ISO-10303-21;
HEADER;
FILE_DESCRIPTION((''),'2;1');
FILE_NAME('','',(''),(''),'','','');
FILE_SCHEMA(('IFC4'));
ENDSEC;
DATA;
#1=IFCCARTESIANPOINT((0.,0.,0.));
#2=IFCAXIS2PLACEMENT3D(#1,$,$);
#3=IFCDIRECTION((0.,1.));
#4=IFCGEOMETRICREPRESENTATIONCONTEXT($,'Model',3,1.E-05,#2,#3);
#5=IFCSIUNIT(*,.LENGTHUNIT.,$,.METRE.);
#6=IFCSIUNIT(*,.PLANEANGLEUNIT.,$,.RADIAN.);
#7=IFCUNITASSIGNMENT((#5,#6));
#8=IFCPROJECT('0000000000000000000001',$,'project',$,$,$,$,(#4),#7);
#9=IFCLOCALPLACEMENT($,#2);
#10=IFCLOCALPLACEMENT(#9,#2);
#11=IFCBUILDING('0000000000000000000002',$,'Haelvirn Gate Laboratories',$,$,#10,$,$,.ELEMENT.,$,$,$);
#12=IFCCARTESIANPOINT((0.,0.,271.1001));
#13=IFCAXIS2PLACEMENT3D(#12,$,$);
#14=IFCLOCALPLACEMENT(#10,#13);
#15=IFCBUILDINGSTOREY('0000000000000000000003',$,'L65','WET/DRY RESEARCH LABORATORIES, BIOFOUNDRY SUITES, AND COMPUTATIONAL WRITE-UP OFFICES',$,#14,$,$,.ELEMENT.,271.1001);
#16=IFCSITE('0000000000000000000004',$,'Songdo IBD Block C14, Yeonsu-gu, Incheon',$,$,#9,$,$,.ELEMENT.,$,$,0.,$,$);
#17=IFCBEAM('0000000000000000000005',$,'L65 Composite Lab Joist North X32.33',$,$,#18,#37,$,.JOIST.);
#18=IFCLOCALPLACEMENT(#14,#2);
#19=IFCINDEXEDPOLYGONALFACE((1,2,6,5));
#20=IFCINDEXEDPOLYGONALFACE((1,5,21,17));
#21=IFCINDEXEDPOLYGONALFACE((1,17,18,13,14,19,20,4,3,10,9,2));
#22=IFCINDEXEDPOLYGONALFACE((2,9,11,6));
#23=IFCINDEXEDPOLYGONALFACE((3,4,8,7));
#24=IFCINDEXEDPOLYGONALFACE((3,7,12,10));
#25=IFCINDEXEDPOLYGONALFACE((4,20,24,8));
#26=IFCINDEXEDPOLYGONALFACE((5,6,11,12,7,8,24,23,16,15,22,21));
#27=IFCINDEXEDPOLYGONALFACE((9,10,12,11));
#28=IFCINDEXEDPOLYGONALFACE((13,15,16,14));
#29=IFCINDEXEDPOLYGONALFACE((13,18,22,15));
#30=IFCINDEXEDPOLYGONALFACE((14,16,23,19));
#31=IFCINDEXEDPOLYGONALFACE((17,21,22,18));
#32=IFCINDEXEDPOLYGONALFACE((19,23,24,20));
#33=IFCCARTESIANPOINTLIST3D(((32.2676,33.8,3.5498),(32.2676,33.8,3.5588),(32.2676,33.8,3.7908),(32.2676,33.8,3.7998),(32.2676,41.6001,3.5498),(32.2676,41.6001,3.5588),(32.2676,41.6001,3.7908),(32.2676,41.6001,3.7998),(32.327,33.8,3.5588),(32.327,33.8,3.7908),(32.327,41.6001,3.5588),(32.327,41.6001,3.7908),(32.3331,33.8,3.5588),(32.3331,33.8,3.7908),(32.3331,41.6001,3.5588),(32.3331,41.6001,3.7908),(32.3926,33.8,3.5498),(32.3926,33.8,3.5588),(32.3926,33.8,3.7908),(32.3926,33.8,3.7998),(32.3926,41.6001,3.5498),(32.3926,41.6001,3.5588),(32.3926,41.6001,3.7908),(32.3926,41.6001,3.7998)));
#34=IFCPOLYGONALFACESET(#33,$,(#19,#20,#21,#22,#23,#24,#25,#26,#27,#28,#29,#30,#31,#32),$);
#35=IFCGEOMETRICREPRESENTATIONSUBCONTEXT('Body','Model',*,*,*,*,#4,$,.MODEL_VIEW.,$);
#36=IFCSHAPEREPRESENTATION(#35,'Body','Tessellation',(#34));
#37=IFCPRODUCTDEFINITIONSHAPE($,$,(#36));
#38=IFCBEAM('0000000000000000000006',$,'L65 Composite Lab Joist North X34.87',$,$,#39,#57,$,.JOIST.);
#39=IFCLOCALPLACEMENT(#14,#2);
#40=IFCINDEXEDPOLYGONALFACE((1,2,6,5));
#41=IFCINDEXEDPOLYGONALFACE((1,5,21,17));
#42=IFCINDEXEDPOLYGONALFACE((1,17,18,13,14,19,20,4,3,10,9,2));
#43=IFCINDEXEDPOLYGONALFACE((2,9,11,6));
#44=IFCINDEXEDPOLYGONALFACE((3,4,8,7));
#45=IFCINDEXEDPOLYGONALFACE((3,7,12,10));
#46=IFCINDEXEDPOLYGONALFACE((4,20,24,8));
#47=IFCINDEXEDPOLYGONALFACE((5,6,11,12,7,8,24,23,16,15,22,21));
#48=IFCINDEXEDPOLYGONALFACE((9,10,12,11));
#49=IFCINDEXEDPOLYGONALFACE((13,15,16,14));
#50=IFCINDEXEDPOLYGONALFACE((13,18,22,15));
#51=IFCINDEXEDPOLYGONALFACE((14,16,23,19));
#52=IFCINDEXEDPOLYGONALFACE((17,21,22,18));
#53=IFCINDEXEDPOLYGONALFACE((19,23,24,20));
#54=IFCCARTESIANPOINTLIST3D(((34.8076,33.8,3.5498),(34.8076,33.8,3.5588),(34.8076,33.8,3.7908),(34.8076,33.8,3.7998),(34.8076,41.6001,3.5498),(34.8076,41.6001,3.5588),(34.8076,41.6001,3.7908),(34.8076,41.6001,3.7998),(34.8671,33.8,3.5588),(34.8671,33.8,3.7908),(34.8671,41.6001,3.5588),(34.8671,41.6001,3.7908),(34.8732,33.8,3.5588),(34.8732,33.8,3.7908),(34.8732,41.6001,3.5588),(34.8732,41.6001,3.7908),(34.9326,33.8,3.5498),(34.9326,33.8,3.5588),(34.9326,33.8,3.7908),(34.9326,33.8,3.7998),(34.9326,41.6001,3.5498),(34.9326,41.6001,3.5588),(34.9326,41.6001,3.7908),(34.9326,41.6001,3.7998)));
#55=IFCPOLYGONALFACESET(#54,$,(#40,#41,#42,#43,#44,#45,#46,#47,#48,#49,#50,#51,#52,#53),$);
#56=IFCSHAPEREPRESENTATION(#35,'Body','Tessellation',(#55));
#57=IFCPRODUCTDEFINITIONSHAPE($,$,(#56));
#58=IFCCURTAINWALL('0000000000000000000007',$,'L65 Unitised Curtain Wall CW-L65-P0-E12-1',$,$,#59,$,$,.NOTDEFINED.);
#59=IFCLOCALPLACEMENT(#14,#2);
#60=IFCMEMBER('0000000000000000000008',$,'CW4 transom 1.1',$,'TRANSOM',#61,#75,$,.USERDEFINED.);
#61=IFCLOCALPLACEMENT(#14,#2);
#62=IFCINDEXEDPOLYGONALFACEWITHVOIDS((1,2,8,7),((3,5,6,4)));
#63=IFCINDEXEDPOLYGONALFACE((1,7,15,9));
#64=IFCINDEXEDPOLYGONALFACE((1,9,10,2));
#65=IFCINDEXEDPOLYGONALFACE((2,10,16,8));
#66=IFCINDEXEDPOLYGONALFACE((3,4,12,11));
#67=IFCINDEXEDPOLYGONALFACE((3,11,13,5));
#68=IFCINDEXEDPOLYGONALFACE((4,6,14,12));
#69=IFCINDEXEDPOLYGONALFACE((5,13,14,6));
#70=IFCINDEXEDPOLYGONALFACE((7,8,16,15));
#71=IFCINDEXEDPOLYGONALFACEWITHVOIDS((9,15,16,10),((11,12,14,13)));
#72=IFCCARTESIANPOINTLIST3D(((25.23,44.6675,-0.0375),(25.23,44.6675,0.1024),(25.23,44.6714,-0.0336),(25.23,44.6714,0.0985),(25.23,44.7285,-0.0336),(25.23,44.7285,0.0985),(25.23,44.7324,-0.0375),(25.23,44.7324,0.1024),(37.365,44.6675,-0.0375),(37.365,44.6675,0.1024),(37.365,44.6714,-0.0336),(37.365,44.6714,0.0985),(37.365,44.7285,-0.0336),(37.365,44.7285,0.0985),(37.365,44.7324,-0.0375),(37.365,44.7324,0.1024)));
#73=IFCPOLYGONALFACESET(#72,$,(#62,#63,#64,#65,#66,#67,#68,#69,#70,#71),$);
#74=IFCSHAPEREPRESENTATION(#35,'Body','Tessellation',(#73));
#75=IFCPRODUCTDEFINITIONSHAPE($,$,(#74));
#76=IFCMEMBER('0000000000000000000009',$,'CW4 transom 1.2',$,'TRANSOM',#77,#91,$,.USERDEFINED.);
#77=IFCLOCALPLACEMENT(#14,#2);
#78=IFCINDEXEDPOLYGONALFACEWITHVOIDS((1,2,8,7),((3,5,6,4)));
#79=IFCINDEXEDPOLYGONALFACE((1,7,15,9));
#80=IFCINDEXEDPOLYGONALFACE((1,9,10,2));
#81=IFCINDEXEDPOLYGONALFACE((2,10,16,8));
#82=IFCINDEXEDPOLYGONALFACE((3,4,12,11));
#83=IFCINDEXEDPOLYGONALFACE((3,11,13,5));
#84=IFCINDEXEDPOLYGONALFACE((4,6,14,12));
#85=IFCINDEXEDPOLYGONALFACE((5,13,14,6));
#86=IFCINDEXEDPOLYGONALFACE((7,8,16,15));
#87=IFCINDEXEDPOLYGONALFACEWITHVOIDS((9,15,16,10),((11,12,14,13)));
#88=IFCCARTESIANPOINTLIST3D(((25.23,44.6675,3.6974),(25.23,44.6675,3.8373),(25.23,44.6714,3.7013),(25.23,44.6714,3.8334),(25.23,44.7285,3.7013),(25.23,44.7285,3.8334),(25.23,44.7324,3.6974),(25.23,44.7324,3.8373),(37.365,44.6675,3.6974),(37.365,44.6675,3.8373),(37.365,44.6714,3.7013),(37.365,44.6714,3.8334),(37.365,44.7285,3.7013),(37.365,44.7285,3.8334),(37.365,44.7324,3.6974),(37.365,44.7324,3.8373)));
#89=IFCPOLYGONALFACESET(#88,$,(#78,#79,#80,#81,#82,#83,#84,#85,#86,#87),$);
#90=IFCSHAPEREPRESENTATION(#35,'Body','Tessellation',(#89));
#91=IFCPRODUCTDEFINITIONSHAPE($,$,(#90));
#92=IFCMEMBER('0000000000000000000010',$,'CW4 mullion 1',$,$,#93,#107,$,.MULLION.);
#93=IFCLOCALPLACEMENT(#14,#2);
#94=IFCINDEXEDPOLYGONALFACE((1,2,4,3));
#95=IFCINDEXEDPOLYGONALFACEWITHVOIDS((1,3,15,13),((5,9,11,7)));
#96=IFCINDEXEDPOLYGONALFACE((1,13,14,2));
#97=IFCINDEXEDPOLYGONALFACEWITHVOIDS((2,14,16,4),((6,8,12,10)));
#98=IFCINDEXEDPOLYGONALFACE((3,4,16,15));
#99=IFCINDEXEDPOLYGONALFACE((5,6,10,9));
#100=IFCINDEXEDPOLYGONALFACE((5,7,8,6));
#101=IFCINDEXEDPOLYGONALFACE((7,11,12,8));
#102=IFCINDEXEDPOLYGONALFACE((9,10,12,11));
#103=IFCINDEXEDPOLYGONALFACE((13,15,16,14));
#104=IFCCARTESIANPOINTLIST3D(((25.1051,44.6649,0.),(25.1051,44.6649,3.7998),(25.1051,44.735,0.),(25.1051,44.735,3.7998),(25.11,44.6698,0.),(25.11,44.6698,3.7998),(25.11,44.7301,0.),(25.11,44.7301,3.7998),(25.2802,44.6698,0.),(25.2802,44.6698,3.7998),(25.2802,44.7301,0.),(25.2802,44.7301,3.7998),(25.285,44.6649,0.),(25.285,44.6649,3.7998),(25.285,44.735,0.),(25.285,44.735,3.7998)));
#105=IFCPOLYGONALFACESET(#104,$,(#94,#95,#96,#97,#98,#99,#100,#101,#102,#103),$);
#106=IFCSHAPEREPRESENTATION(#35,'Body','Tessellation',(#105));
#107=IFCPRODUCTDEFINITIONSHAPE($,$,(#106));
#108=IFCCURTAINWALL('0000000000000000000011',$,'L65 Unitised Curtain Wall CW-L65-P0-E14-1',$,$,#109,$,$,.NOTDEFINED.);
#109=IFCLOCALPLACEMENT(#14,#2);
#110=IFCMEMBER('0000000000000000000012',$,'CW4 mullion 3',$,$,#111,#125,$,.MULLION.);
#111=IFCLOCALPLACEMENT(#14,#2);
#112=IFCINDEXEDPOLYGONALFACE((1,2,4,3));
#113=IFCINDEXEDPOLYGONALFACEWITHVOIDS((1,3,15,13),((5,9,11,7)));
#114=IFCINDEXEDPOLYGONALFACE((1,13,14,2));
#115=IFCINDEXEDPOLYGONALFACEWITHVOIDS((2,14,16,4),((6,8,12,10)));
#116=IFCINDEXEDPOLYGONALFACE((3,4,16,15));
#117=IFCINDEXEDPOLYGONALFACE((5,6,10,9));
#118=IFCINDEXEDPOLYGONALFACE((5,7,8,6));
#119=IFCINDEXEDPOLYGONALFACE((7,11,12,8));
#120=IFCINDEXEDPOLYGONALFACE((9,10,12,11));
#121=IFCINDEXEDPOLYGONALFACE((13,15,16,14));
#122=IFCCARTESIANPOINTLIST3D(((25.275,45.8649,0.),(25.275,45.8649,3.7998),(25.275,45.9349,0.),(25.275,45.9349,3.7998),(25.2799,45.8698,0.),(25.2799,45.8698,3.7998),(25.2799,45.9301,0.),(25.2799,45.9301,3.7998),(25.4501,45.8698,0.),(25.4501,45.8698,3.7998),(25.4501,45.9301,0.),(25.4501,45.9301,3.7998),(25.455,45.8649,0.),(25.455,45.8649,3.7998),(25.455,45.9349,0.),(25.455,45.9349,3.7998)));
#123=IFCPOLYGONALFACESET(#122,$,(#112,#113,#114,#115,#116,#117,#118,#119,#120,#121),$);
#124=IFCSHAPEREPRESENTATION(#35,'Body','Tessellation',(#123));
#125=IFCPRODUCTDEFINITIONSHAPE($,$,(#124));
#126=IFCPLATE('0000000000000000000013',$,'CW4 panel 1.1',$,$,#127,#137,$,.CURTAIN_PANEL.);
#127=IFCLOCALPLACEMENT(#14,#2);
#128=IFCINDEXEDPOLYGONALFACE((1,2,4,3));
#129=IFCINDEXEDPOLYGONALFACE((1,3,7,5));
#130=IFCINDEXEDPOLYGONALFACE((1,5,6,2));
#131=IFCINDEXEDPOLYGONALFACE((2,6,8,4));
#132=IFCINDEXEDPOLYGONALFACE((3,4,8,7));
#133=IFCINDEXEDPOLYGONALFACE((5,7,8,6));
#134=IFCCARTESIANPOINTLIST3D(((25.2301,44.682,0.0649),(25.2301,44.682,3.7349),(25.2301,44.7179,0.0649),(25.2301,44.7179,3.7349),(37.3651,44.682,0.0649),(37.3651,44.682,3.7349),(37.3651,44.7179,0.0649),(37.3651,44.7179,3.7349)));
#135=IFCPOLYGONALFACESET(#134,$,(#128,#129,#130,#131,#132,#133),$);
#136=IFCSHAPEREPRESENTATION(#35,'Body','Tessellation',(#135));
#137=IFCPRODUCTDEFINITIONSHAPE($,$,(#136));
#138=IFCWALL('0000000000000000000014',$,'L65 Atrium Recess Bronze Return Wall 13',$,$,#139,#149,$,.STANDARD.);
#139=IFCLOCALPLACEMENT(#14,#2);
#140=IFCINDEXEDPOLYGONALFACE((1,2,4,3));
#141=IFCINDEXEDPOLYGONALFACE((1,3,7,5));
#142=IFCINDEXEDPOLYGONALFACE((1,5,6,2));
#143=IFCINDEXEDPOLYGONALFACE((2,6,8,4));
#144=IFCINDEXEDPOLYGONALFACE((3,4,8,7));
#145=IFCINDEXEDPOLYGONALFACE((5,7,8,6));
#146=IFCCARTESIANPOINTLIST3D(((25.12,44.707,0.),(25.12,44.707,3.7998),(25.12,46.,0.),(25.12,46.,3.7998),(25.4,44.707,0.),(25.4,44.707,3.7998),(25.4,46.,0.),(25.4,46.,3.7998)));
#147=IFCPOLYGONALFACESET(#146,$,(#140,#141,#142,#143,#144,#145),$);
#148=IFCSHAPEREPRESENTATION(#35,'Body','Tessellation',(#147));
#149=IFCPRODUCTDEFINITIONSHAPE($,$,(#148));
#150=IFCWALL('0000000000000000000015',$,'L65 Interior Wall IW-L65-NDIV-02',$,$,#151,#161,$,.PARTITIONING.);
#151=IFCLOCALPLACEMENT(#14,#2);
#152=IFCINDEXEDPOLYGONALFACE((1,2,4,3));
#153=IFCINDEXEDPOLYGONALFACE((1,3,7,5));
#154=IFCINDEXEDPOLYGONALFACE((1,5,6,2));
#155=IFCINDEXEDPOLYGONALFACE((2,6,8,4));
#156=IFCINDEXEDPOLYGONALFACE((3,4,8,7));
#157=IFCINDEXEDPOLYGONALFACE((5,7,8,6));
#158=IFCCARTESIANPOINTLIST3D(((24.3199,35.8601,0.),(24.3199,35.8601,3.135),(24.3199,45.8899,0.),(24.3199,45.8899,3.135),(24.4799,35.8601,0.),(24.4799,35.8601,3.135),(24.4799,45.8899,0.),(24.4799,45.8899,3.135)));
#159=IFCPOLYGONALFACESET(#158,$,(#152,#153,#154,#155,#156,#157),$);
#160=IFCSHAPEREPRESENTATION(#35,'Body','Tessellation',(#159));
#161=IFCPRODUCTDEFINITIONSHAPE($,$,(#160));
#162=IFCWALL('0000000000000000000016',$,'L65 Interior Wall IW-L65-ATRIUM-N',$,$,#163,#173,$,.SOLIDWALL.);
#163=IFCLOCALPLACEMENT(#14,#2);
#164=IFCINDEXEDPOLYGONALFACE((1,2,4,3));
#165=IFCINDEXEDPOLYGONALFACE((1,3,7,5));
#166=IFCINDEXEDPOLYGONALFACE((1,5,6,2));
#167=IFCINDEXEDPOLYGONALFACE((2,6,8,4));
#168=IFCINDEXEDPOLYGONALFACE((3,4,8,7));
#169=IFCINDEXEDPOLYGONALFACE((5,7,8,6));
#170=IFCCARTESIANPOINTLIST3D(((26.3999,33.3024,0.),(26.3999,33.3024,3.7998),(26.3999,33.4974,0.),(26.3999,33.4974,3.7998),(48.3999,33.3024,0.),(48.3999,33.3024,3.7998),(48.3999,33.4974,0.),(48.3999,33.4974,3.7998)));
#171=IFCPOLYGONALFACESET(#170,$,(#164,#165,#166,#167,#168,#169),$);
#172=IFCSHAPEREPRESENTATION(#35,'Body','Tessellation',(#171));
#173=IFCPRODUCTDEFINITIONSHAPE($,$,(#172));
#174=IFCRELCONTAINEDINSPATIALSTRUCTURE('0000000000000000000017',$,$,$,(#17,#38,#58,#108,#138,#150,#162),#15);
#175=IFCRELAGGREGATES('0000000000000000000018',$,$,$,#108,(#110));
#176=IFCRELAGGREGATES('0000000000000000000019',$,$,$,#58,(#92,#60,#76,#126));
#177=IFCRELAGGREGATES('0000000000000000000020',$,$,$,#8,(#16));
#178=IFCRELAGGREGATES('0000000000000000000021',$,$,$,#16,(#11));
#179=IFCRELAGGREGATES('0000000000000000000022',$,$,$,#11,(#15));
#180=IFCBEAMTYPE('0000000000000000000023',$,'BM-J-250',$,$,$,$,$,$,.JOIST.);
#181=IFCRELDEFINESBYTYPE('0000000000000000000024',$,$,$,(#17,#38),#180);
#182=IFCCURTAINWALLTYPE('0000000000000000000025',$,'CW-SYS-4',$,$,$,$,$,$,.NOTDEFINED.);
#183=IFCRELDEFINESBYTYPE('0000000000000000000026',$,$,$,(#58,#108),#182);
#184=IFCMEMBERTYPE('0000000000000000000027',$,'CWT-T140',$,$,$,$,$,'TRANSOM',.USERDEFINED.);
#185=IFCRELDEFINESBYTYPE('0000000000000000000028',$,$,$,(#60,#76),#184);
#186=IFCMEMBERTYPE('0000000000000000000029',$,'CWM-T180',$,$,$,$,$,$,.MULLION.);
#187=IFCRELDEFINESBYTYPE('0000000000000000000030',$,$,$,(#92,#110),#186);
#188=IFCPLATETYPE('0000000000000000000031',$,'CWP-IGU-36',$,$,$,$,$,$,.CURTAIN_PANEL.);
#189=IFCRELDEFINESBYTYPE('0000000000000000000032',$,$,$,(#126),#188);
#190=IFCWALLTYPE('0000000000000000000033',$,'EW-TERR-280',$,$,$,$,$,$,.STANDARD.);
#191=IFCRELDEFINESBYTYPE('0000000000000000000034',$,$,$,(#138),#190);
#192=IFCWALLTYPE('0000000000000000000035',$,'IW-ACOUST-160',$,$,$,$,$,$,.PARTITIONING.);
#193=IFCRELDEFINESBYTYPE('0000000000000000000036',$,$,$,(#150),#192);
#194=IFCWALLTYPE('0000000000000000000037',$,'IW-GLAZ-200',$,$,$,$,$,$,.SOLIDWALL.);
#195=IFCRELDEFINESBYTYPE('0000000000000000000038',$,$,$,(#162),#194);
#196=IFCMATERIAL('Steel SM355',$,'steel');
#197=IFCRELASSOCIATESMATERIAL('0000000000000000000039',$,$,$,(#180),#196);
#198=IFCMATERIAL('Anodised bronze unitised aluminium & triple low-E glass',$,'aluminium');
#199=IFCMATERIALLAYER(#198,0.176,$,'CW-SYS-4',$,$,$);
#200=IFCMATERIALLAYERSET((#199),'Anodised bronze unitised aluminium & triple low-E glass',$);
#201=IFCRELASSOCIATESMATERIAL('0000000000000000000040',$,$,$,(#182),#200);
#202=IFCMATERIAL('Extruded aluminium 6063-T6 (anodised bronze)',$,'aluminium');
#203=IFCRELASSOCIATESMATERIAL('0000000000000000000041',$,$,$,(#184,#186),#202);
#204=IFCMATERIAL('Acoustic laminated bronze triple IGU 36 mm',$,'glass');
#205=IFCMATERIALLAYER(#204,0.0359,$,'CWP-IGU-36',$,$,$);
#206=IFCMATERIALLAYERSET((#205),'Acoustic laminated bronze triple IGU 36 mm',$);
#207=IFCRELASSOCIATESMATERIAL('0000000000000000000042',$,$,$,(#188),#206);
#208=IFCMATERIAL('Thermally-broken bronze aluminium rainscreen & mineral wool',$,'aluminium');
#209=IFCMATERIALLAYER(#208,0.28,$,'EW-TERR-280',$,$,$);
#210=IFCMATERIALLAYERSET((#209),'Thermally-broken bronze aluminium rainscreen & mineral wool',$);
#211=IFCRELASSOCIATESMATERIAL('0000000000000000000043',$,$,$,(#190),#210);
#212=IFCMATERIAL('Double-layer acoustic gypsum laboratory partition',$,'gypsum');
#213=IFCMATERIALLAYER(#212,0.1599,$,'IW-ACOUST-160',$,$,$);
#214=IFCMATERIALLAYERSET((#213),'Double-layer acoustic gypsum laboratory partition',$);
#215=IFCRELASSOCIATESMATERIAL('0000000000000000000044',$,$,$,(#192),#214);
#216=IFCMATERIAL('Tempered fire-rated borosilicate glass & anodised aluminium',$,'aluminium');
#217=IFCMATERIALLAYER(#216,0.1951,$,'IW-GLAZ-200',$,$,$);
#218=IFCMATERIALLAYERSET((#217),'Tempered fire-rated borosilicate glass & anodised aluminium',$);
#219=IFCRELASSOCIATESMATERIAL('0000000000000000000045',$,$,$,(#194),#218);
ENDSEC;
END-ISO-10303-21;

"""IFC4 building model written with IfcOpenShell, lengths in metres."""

from ifc_helpers import new_model, si_unit, direction, frame, frame_2d, origin, origin_2d, place, context, subcontext, project, spatial, rectangle, hollow_rectangle, i_section, extrude, source, transform, mapped, material, layer, layer_set, material_profile, profile_set, type_object, type_shapes, element, aggregate, save


model = new_model("IFC4")

# Units and contexts
model_context = context("Model", 3, precision=1e-05, world=origin(), true_north=direction((0.0, 1.0)))
body_context = subcontext(model_context, "Body", "Model", "MODEL_VIEW")
ifc_project = project(units=[si_unit("LENGTHUNIT", "METRE"), si_unit("PLANEANGLEUNIT", "RADIAN")], contexts=[model_context])

# Site, building, storey
site_placement = place(None, origin())
site = spatial("IfcSite", under=ifc_project, at=site_placement, Name="Songdo IBD Block C14, Yeonsu-gu, Incheon", CompositionType="ELEMENT", RefElevation=0.0)
building_placement = place(site_placement, origin())
building = spatial("IfcBuilding", under=site, at=building_placement, Name="Haelvirn Gate Laboratories", CompositionType="ELEMENT")
storey_placement = place(building_placement, frame((0.0, 0.0, 271.1001)))
storey = spatial("IfcBuildingStorey", under=building, at=storey_placement, Name="L65", Description="WET/DRY RESEARCH LABORATORIES, BIOFOUNDRY SUITES, AND COMPUTATIONAL WRITE-UP OFFICES", CompositionType="ELEMENT", Elevation=271.1001)

# Shared definitions
ifc_material_1 = material(Name="Steel SM355", Category="steel")

# Beams
ifc_material_profile_1 = material_profile(ifc_material_1, i_section(OverallWidth=0.125, OverallDepth=0.25, WebThickness=0.0061, FlangeThickness=0.009, at=origin_2d()), Name="H-250x125x6x9")
ifc_profile_set_1 = profile_set([ifc_material_profile_1], Name="Steel SM355")
beam_type_1 = type_object("IfcBeamType", Name="BM-J-250", PredefinedType="JOIST", material=ifc_profile_set_1)
shared_shape_1 = source(origin(), body_context, "Body", "SweptSolid", [
    extrude(i_section(OverallWidth=0.125, OverallDepth=0.25, WebThickness=0.0061, FlangeThickness=0.009, at=origin_2d()), origin(), (0.0, 0.0, 1.0), 7.8),
])
type_shapes(beam_type_1, [shared_shape_1])
for number, where, z_axis, x_axis, name in (
    (1, (32.3301, 33.8, 3.6748), (0.0, 1.0, 0.0), (-1.0, 0.0, 0.0), "L65 Composite Lab Joist North X32.33"),
    (2, (34.8701, 33.8, 3.6748), (0.0, 1.0, 0.0), (-1.0, 0.0, 0.0), "L65 Composite Lab Joist North X34.87"),
):
    element("IfcBeam", number, at=place(storey_placement, frame(where, z_axis=z_axis, x_axis=x_axis)), inside=storey, type_object=beam_type_1, Name=name, PredefinedType="JOIST", context=body_context, shape_type="MappedRepresentation", body=[
        mapped(shared_shape_1, transform((0.0, 0.0, 0.0), scale=1.0)),
    ])

# Curtain wall, members
ifc_material_2 = material(Name="Anodised bronze unitised aluminium & triple low-E glass", Category="aluminium")
ifc_layer_1 = layer(ifc_material_2, 0.176, Name="CW-SYS-4")
ifc_layer_set_1 = layer_set([ifc_layer_1], Name="Anodised bronze unitised aluminium & triple low-E glass")
curtain_wall_type = type_object("IfcCurtainWallType", Name="CW-SYS-4", PredefinedType="NOTDEFINED", material=ifc_layer_set_1)
curtain_wall_1_placement = place(storey_placement, origin())
curtain_wall_1 = element("IfcCurtainWall", 3, at=curtain_wall_1_placement, inside=storey, type_object=curtain_wall_type, Name="L65 Unitised Curtain Wall CW-L65-P0-E12-1", PredefinedType="NOTDEFINED")
ifc_material_3 = material(Name="Extruded aluminium 6063-T6 (anodised bronze)", Category="aluminium")
ifc_material_profile_2 = material_profile(ifc_material_3, hollow_rectangle(XDim=0.0649, YDim=0.1399, WallThickness=0.0039, at=origin_2d()), Name="CWT-140x65x4")
ifc_profile_set_2 = profile_set([ifc_material_profile_2], Name="Extruded aluminium 6063-T6 (anodised bronze)")
member_type_1 = type_object("IfcMemberType", Name="CWT-T140", ElementType="TRANSOM", PredefinedType="USERDEFINED", material=ifc_profile_set_2)
shared_shape_2 = source(origin(), body_context, "Body", "SweptSolid", [
    extrude(hollow_rectangle(XDim=0.0649, YDim=0.1399, WallThickness=0.0039, at=origin_2d()), origin(), (0.0, 0.0, 1.0), 12.135),
])
type_shapes(member_type_1, [shared_shape_2])
member_1_placement = place(storey_placement, frame((25.23, 44.7, 0.0325), z_axis=(1.0, 0.0, 0.0), x_axis=(0.0, 1.0, 0.0)))
member_1 = element("IfcMember", 4, at=member_1_placement, type_object=member_type_1, Name="CW4 transom 1.1", ObjectType="TRANSOM", PredefinedType="USERDEFINED", context=body_context, shape_type="MappedRepresentation", body=[
    mapped(shared_shape_2, transform((0.0, 0.0, 0.0), scale=1.0)),
])
member_2_placement = place(storey_placement, frame((25.23, 44.7, 3.7673), z_axis=(1.0, 0.0, 0.0), x_axis=(0.0, 1.0, 0.0)))
member_2 = element("IfcMember", 5, at=member_2_placement, type_object=member_type_1, Name="CW4 transom 1.2", ObjectType="TRANSOM", PredefinedType="USERDEFINED", context=body_context, shape_type="MappedRepresentation", body=[
    mapped(shared_shape_2, transform((0.0, 0.0, 0.0), scale=1.0)),
])
ifc_material_profile_3 = material_profile(ifc_material_3, hollow_rectangle(XDim=0.0701, YDim=0.1799, WallThickness=0.0049, at=origin_2d()), Name="CWM-180x70x5")
ifc_profile_set_3 = profile_set([ifc_material_profile_3], Name="Extruded aluminium 6063-T6 (anodised bronze)")
member_type_2 = type_object("IfcMemberType", Name="CWM-T180", PredefinedType="MULLION", material=ifc_profile_set_3)
shared_shape_3 = source(origin(), body_context, "Body", "SweptSolid", [
    extrude(hollow_rectangle(XDim=0.0701, YDim=0.1799, WallThickness=0.0049, at=origin_2d()), origin(), (0.0, 0.0, 1.0), 3.7998),
])
type_shapes(member_type_2, [shared_shape_3])
member_3_placement = place(storey_placement, frame((25.1951, 44.7, 0.0), z_axis=(0.0, 0.0, 1.0), x_axis=(0.0, 1.0, 0.0)))
member_3 = element("IfcMember", 6, at=member_3_placement, type_object=member_type_2, Name="CW4 mullion 1", PredefinedType="MULLION", context=body_context, shape_type="MappedRepresentation", body=[
    mapped(shared_shape_3, transform((0.0, 0.0, 0.0), scale=1.0)),
])

# Curtain wall, member
curtain_wall_2_placement = place(storey_placement, origin())
curtain_wall_2 = element("IfcCurtainWall", 7, at=curtain_wall_2_placement, inside=storey, type_object=curtain_wall_type, Name="L65 Unitised Curtain Wall CW-L65-P0-E14-1", PredefinedType="NOTDEFINED")
member_4_placement = place(storey_placement, frame((25.365, 45.8999, 0.0), z_axis=(0.0, 0.0, 1.0), x_axis=(0.0, 1.0, 0.0)))
member_4 = element("IfcMember", 8, at=member_4_placement, type_object=member_type_2, Name="CW4 mullion 3", PredefinedType="MULLION", context=body_context, shape_type="MappedRepresentation", body=[
    mapped(shared_shape_3, transform((0.0, 0.0, 0.0), scale=1.0)),
])
aggregate(curtain_wall_2, [member_4])

# Plate
ifc_material_4 = material(Name="Acoustic laminated bronze triple IGU 36 mm", Category="glass")
ifc_layer_2 = layer(ifc_material_4, 0.0359, Name="CWP-IGU-36")
ifc_layer_set_2 = layer_set([ifc_layer_2], Name="Acoustic laminated bronze triple IGU 36 mm")
plate_type = type_object("IfcPlateType", Name="CWP-IGU-36", PredefinedType="CURTAIN_PANEL", material=ifc_layer_set_2)
shared_shape_4 = source(origin(), body_context, "Body", "SweptSolid", [
    extrude(rectangle(XDim=12.135, YDim=0.0359, at=origin_2d()), origin(), (0.0, 0.0, 1.0), 3.6699),
])
type_shapes(plate_type, [shared_shape_4])
plate_placement = place(storey_placement, frame((31.2976, 44.7, 0.0649), z_axis=(0.0, 0.0, 1.0), x_axis=(1.0, 0.0, 0.0)))
plate = element("IfcPlate", 9, at=plate_placement, type_object=plate_type, Name="CW4 panel 1.1", PredefinedType="CURTAIN_PANEL", context=body_context, shape_type="MappedRepresentation", body=[
    mapped(shared_shape_4, transform((0.0, 0.0, 0.0), scale=1.0)),
])
aggregate(curtain_wall_1, [member_3, member_1, member_2, plate])

# Walls
ifc_material_5 = material(Name="Thermally-broken bronze aluminium rainscreen & mineral wool", Category="aluminium")
ifc_layer_3 = layer(ifc_material_5, 0.28, Name="EW-TERR-280")
ifc_layer_set_3 = layer_set([ifc_layer_3], Name="Thermally-broken bronze aluminium rainscreen & mineral wool")
wall_type_1 = type_object("IfcWallType", Name="EW-TERR-280", PredefinedType="STANDARD", material=ifc_layer_set_3)
wall_1_placement = place(storey_placement, frame((25.26, 44.707, 0.0), z_axis=(0.0, 0.0, 1.0), x_axis=(0.0, 1.0, 0.0)))
element("IfcWall", 10, at=wall_1_placement, inside=storey, type_object=wall_type_1, Name="L65 Atrium Recess Bronze Return Wall 13", PredefinedType="STANDARD", context=body_context, shape_type="SweptSolid", body=[
    extrude(rectangle(XDim=1.293, YDim=0.28, at=frame_2d((0.6465, 0.0))), origin(), (0.0, 0.0, 1.0), 3.7998),
])
ifc_material_6 = material(Name="Double-layer acoustic gypsum laboratory partition", Category="gypsum")
ifc_layer_4 = layer(ifc_material_6, 0.1599, Name="IW-ACOUST-160")
ifc_layer_set_4 = layer_set([ifc_layer_4], Name="Double-layer acoustic gypsum laboratory partition")
wall_type_2 = type_object("IfcWallType", Name="IW-ACOUST-160", PredefinedType="PARTITIONING", material=ifc_layer_set_4)
wall_2_placement = place(storey_placement, frame((24.3999, 35.8601, 0.0), z_axis=(0.0, 0.0, 1.0), x_axis=(0.0, 1.0, 0.0)))
element("IfcWall", 11, at=wall_2_placement, inside=storey, type_object=wall_type_2, Name="L65 Interior Wall IW-L65-NDIV-02", PredefinedType="PARTITIONING", context=body_context, shape_type="SweptSolid", body=[
    extrude(rectangle(XDim=10.0298, YDim=0.1599, at=frame_2d((5.0149, 0.0))), origin(), (0.0, 0.0, 1.0), 3.135),
])
ifc_material_7 = material(Name="Tempered fire-rated borosilicate glass & anodised aluminium", Category="aluminium")
ifc_layer_5 = layer(ifc_material_7, 0.1951, Name="IW-GLAZ-200")
ifc_layer_set_5 = layer_set([ifc_layer_5], Name="Tempered fire-rated borosilicate glass & anodised aluminium")
wall_type_3 = type_object("IfcWallType", Name="IW-GLAZ-200", PredefinedType="SOLIDWALL", material=ifc_layer_set_5)
wall_3_placement = place(storey_placement, frame((26.3999, 33.3999, 0.0), z_axis=(0.0, 0.0, 1.0), x_axis=(1.0, 0.0, 0.0)))
element("IfcWall", 12, at=wall_3_placement, inside=storey, type_object=wall_type_3, Name="L65 Interior Wall IW-L65-ATRIUM-N", PredefinedType="SOLIDWALL", context=body_context, shape_type="SweptSolid", body=[
    extrude(rectangle(XDim=22.0, YDim=0.1951, at=frame_2d((11.0, 0.0))), origin(), (0.0, 0.0, 1.0), 3.7998),
])

save(model, "model.ifc")
